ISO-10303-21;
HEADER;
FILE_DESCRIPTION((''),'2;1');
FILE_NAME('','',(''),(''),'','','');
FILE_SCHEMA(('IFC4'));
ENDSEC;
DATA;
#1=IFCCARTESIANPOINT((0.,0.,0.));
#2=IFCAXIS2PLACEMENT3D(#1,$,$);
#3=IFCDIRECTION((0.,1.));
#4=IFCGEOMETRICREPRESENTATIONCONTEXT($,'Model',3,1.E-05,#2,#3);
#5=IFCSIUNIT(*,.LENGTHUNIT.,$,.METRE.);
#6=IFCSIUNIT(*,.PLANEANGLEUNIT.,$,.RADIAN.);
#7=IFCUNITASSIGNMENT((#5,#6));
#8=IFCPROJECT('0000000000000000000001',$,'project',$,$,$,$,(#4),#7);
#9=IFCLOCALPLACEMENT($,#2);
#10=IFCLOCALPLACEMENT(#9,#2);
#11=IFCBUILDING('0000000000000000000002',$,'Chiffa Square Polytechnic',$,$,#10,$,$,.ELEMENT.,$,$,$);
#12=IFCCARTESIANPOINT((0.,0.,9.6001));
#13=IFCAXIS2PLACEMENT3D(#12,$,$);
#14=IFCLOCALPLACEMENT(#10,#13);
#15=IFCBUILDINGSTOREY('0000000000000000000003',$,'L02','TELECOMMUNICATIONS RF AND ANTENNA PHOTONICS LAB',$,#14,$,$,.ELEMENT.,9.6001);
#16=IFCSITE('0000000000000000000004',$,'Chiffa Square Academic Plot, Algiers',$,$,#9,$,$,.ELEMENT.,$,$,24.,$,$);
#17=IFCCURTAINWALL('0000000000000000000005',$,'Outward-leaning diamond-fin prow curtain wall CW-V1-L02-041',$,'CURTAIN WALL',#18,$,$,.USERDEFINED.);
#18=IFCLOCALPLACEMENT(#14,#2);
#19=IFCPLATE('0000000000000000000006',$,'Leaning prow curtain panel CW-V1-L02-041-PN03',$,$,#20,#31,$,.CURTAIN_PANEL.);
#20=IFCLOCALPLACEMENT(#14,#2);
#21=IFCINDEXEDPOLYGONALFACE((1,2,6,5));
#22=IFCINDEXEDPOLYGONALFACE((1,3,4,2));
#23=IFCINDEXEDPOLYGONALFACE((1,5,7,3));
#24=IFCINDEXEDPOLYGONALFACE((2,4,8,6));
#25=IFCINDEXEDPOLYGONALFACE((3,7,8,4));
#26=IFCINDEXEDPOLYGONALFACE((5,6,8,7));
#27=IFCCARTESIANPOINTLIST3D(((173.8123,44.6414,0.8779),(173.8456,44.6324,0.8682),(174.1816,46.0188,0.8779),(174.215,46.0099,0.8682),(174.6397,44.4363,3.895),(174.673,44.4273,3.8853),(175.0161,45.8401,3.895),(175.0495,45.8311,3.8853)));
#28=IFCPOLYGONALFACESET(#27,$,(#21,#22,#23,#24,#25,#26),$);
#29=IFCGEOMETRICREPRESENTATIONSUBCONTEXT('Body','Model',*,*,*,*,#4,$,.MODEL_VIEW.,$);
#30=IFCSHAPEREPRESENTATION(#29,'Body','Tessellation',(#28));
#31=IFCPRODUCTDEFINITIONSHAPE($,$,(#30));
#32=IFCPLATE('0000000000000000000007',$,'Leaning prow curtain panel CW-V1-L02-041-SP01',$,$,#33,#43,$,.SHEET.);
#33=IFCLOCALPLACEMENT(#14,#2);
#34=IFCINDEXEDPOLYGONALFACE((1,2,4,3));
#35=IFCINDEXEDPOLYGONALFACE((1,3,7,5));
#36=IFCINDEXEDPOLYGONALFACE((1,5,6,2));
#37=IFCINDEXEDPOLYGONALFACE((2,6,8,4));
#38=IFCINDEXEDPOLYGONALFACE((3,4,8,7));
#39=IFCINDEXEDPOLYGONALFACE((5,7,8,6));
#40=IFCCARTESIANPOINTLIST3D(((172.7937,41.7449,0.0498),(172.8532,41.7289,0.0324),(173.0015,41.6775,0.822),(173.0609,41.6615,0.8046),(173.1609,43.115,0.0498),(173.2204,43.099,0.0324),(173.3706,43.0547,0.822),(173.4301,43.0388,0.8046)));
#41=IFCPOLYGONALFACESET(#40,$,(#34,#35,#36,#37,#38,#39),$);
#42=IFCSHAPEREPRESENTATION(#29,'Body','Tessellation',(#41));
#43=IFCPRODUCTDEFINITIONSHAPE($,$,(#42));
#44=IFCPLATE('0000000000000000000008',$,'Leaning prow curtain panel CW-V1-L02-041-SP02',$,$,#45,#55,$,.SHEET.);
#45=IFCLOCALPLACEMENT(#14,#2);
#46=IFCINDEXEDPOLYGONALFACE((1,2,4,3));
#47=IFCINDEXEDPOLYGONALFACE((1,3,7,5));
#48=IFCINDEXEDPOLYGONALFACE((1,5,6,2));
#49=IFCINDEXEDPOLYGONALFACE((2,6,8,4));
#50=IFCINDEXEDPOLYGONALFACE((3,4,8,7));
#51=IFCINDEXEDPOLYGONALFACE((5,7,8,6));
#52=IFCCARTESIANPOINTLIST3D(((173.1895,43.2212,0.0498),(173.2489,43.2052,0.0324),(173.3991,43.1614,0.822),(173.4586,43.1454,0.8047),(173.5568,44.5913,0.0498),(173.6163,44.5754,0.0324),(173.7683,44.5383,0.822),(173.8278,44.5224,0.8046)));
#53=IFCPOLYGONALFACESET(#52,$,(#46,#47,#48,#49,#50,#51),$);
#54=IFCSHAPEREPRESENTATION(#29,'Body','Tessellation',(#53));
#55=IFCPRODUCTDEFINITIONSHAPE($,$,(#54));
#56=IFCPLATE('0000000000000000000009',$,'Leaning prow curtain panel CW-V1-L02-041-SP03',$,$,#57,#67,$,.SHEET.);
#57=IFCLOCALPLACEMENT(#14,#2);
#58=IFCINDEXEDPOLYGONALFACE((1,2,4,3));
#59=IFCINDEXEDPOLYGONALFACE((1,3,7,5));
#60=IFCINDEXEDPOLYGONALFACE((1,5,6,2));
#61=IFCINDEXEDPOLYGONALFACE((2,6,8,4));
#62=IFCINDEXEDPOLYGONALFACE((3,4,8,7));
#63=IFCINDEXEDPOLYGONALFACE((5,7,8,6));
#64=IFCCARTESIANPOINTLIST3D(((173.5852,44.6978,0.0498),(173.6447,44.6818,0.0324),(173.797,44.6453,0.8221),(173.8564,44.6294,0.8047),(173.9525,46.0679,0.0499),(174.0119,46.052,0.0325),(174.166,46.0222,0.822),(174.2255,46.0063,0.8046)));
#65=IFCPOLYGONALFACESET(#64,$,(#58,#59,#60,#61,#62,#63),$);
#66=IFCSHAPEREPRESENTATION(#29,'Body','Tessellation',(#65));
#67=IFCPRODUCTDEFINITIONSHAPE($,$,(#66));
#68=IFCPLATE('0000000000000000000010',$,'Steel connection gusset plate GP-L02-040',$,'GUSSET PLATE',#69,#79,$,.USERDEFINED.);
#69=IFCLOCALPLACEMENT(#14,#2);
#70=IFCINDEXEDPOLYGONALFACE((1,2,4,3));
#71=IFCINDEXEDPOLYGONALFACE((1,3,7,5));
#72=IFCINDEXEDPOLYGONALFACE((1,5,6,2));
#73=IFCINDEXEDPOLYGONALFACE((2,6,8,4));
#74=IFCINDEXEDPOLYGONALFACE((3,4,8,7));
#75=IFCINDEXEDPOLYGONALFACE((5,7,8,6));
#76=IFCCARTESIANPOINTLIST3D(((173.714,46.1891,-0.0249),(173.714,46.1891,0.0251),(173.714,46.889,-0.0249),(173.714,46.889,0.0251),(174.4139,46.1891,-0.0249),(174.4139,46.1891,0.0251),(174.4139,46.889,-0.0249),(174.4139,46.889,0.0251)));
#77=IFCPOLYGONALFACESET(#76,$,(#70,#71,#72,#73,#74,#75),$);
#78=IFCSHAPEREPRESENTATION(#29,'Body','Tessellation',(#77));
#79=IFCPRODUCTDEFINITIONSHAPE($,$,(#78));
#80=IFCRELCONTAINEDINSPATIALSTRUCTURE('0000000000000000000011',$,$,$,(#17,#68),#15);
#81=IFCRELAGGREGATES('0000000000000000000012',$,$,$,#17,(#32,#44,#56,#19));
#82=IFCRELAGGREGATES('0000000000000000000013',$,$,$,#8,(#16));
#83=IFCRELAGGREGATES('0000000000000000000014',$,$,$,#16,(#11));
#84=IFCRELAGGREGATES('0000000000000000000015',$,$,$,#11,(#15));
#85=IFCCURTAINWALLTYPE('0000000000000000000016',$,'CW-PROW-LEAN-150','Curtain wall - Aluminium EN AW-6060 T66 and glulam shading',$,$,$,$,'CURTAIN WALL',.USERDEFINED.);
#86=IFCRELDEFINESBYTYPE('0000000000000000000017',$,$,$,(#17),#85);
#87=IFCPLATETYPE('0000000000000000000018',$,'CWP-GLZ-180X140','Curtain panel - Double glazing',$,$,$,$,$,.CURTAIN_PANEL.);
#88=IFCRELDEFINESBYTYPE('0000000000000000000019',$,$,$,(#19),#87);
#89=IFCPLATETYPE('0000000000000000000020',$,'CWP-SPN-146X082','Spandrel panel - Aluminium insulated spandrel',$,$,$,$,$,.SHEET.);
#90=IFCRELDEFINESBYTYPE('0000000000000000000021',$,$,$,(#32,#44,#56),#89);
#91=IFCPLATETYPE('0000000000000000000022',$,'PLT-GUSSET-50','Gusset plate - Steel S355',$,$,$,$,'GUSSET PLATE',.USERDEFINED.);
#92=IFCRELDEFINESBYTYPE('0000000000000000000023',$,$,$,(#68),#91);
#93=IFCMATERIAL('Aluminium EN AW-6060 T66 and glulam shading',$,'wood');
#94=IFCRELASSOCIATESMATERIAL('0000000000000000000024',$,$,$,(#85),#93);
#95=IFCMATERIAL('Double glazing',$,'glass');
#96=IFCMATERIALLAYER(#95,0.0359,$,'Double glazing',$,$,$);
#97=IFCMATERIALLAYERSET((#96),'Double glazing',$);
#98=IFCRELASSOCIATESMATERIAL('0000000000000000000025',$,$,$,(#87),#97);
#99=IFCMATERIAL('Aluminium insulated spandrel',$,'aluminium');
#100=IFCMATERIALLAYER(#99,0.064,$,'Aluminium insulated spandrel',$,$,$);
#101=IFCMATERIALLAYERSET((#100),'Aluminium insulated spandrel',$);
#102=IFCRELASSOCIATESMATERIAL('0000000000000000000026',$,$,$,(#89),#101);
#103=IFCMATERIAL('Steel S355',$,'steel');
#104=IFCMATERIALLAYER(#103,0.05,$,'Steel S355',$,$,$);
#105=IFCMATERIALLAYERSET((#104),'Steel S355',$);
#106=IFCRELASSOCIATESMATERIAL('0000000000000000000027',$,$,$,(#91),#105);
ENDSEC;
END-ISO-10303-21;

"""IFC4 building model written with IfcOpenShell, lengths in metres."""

from ifc_helpers import new_model, si_unit, direction, frame, origin, origin_2d, place, context, subcontext, project, spatial, polyline, rectangle, outline, extrude, material, layer, layer_set, type_object, element, aggregate, save


model = new_model("IFC4")

# Units and contexts
model_context = context("Model", 3, precision=1e-05, world=origin(), true_north=direction((0.0, 1.0)))
body_context = subcontext(model_context, "Body", "Model", "MODEL_VIEW")
ifc_project = project(units=[si_unit("LENGTHUNIT", "METRE"), si_unit("PLANEANGLEUNIT", "RADIAN")], contexts=[model_context])

# Site, building, storey
site_placement = place(None, origin())
site = spatial("IfcSite", under=ifc_project, at=site_placement, Name="Chiffa Square Academic Plot, Algiers", CompositionType="ELEMENT", RefElevation=24.0)
building_placement = place(site_placement, origin())
building = spatial("IfcBuilding", under=site, at=building_placement, Name="Chiffa Square Polytechnic", CompositionType="ELEMENT")
storey_placement = place(building_placement, frame((0.0, 0.0, 9.6001)))
storey = spatial("IfcBuildingStorey", under=building, at=storey_placement, Name="L02", Description="TELECOMMUNICATIONS RF AND ANTENNA PHOTONICS LAB", CompositionType="ELEMENT", Elevation=9.6001)

# Curtain wall
ifc_material_1 = material(Name="Aluminium EN AW-6060 T66 and glulam shading", Category="wood")
curtain_wall_type_1 = type_object("IfcCurtainWallType", Name="CW-PROW-LEAN-150", Description="Curtain wall - Aluminium EN AW-6060 T66 and glulam shading", ElementType="CURTAIN WALL", PredefinedType="USERDEFINED", material=ifc_material_1)
curtain_wall_1_placement = place(storey_placement, origin())
curtain_wall_1 = element("IfcCurtainWall", 1, at=curtain_wall_1_placement, inside=storey, type_object=curtain_wall_type_1, Name="Outward-leaning diamond-fin prow curtain wall CW-V1-L02-041", ObjectType="CURTAIN WALL", PredefinedType="USERDEFINED")

# Shared definitions
ifc_material_2 = material(Name="Steel S355", Category="steel")

# Plates
ifc_material_3 = material(Name="Double glazing", Category="glass")
ifc_layer_1 = layer(ifc_material_3, 0.0359, Name="Double glazing")
ifc_layer_set_1 = layer_set([ifc_layer_1], Name="Double glazing")
plate_type_1 = type_object("IfcPlateType", Name="CWP-GLZ-180X140", Description="Curtain panel - Double glazing", PredefinedType="CURTAIN_PANEL", material=ifc_layer_set_1)
plate_1_placement = place(storey_placement, frame((173.8123, 44.6414, 0.8779), z_axis=(-0.929498, 0.249264, 0.271846), x_axis=(0.259018, 0.965872, -0.000001)))
plate_1 = element("IfcPlate", 2, at=plate_1_placement, type_object=plate_type_1, Name="Leaning prow curtain panel CW-V1-L02-041-PN03", PredefinedType="CURTAIN_PANEL", context=body_context, shape_type="SweptSolid", body=[
    extrude(outline(polyline([(0.0, 0.0), (1.4261, 0.0), (1.4696, -3.1352), (0.0162, -3.1352), (0.0, 0.0)])), origin(), (0.0, 0.0, -1.0), 0.0359),
])
ifc_material_4 = material(Name="Aluminium insulated spandrel", Category="aluminium")
ifc_layer_2 = layer(ifc_material_4, 0.064, Name="Aluminium insulated spandrel")
ifc_layer_set_2 = layer_set([ifc_layer_2], Name="Aluminium insulated spandrel")
plate_type_2 = type_object("IfcPlateType", Name="CWP-SPN-146X082", Description="Spandrel panel - Aluminium insulated spandrel", PredefinedType="SHEET", material=ifc_layer_set_2)
plate_2_placement = place(storey_placement, frame((172.7937, 41.7449, 0.0498), z_axis=(-0.92953, 0.24913, 0.271861), x_axis=(0.258879, 0.96591, -0.000005)))
plate_2 = element("IfcPlate", 3, at=plate_2_placement, type_object=plate_type_2, Name="Leaning prow curtain panel CW-V1-L02-041-SP01", PredefinedType="SHEET", context=body_context, shape_type="SweptSolid", body=[
    extrude(outline(polyline([(0.0, 0.0), (1.4185, 0.0), (1.4145, -0.8024), (-0.0113, -0.8024), (0.0, 0.0)])), origin(), (0.0, 0.0, -1.0), 0.064),
])
plate_3_placement = place(storey_placement, frame((173.1895, 43.2212, 0.0498), z_axis=(-0.929554, 0.249241, 0.271677), x_axis=(0.258985, 0.965881, 0.000011)))
plate_3 = element("IfcPlate", 4, at=plate_3_placement, type_object=plate_type_2, Name="Leaning prow curtain panel CW-V1-L02-041-SP02", PredefinedType="SHEET", context=body_context, shape_type="SweptSolid", body=[
    extrude(outline(polyline([(0.0, 0.0), (1.4185, 0.0), (1.4221, -0.8024), (-0.0035, -0.8024), (0.0, 0.0)])), origin(), (0.0, 0.0, -1.0), 0.064),
])
plate_4_placement = place(storey_placement, frame((173.5852, 44.6978, 0.0498), z_axis=(-0.92954, 0.249155, 0.271802), x_axis=(0.258911, 0.965901, 0.000033)))
plate_4 = element("IfcPlate", 5, at=plate_4_placement, type_object=plate_type_2, Name="Leaning prow curtain panel CW-V1-L02-041-SP03", PredefinedType="SHEET", context=body_context, shape_type="SweptSolid", body=[
    extrude(outline(polyline([(0.0, 0.0), (1.4185, 0.0), (1.4297, -0.8024), (0.0042, -0.8025), (0.0, 0.0)])), origin(), (0.0, 0.0, -1.0), 0.064),
])
aggregate(curtain_wall_1, [plate_2, plate_3, plate_4, plate_1])
ifc_layer_3 = layer(ifc_material_2, 0.05, Name="Steel S355")
ifc_layer_set_3 = layer_set([ifc_layer_3], Name="Steel S355")
plate_type_3 = type_object("IfcPlateType", Name="PLT-GUSSET-50", Description="Gusset plate - Steel S355", ElementType="GUSSET PLATE", PredefinedType="USERDEFINED", material=ifc_layer_set_3)
plate_5_placement = place(storey_placement, frame((174.064, 46.5391, -0.0249), z_axis=(0.0, 0.0, 1.0), x_axis=(1.0, 0.0, 0.0)))
element("IfcPlate", 6, at=plate_5_placement, inside=storey, type_object=plate_type_3, Name="Steel connection gusset plate GP-L02-040", ObjectType="GUSSET PLATE", PredefinedType="USERDEFINED", context=body_context, shape_type="SweptSolid", body=[
    extrude(rectangle(XDim=0.7, YDim=0.7, at=origin_2d()), origin(), (0.0, 0.0, 1.0), 0.05),
])

save(model, "model.ifc")
